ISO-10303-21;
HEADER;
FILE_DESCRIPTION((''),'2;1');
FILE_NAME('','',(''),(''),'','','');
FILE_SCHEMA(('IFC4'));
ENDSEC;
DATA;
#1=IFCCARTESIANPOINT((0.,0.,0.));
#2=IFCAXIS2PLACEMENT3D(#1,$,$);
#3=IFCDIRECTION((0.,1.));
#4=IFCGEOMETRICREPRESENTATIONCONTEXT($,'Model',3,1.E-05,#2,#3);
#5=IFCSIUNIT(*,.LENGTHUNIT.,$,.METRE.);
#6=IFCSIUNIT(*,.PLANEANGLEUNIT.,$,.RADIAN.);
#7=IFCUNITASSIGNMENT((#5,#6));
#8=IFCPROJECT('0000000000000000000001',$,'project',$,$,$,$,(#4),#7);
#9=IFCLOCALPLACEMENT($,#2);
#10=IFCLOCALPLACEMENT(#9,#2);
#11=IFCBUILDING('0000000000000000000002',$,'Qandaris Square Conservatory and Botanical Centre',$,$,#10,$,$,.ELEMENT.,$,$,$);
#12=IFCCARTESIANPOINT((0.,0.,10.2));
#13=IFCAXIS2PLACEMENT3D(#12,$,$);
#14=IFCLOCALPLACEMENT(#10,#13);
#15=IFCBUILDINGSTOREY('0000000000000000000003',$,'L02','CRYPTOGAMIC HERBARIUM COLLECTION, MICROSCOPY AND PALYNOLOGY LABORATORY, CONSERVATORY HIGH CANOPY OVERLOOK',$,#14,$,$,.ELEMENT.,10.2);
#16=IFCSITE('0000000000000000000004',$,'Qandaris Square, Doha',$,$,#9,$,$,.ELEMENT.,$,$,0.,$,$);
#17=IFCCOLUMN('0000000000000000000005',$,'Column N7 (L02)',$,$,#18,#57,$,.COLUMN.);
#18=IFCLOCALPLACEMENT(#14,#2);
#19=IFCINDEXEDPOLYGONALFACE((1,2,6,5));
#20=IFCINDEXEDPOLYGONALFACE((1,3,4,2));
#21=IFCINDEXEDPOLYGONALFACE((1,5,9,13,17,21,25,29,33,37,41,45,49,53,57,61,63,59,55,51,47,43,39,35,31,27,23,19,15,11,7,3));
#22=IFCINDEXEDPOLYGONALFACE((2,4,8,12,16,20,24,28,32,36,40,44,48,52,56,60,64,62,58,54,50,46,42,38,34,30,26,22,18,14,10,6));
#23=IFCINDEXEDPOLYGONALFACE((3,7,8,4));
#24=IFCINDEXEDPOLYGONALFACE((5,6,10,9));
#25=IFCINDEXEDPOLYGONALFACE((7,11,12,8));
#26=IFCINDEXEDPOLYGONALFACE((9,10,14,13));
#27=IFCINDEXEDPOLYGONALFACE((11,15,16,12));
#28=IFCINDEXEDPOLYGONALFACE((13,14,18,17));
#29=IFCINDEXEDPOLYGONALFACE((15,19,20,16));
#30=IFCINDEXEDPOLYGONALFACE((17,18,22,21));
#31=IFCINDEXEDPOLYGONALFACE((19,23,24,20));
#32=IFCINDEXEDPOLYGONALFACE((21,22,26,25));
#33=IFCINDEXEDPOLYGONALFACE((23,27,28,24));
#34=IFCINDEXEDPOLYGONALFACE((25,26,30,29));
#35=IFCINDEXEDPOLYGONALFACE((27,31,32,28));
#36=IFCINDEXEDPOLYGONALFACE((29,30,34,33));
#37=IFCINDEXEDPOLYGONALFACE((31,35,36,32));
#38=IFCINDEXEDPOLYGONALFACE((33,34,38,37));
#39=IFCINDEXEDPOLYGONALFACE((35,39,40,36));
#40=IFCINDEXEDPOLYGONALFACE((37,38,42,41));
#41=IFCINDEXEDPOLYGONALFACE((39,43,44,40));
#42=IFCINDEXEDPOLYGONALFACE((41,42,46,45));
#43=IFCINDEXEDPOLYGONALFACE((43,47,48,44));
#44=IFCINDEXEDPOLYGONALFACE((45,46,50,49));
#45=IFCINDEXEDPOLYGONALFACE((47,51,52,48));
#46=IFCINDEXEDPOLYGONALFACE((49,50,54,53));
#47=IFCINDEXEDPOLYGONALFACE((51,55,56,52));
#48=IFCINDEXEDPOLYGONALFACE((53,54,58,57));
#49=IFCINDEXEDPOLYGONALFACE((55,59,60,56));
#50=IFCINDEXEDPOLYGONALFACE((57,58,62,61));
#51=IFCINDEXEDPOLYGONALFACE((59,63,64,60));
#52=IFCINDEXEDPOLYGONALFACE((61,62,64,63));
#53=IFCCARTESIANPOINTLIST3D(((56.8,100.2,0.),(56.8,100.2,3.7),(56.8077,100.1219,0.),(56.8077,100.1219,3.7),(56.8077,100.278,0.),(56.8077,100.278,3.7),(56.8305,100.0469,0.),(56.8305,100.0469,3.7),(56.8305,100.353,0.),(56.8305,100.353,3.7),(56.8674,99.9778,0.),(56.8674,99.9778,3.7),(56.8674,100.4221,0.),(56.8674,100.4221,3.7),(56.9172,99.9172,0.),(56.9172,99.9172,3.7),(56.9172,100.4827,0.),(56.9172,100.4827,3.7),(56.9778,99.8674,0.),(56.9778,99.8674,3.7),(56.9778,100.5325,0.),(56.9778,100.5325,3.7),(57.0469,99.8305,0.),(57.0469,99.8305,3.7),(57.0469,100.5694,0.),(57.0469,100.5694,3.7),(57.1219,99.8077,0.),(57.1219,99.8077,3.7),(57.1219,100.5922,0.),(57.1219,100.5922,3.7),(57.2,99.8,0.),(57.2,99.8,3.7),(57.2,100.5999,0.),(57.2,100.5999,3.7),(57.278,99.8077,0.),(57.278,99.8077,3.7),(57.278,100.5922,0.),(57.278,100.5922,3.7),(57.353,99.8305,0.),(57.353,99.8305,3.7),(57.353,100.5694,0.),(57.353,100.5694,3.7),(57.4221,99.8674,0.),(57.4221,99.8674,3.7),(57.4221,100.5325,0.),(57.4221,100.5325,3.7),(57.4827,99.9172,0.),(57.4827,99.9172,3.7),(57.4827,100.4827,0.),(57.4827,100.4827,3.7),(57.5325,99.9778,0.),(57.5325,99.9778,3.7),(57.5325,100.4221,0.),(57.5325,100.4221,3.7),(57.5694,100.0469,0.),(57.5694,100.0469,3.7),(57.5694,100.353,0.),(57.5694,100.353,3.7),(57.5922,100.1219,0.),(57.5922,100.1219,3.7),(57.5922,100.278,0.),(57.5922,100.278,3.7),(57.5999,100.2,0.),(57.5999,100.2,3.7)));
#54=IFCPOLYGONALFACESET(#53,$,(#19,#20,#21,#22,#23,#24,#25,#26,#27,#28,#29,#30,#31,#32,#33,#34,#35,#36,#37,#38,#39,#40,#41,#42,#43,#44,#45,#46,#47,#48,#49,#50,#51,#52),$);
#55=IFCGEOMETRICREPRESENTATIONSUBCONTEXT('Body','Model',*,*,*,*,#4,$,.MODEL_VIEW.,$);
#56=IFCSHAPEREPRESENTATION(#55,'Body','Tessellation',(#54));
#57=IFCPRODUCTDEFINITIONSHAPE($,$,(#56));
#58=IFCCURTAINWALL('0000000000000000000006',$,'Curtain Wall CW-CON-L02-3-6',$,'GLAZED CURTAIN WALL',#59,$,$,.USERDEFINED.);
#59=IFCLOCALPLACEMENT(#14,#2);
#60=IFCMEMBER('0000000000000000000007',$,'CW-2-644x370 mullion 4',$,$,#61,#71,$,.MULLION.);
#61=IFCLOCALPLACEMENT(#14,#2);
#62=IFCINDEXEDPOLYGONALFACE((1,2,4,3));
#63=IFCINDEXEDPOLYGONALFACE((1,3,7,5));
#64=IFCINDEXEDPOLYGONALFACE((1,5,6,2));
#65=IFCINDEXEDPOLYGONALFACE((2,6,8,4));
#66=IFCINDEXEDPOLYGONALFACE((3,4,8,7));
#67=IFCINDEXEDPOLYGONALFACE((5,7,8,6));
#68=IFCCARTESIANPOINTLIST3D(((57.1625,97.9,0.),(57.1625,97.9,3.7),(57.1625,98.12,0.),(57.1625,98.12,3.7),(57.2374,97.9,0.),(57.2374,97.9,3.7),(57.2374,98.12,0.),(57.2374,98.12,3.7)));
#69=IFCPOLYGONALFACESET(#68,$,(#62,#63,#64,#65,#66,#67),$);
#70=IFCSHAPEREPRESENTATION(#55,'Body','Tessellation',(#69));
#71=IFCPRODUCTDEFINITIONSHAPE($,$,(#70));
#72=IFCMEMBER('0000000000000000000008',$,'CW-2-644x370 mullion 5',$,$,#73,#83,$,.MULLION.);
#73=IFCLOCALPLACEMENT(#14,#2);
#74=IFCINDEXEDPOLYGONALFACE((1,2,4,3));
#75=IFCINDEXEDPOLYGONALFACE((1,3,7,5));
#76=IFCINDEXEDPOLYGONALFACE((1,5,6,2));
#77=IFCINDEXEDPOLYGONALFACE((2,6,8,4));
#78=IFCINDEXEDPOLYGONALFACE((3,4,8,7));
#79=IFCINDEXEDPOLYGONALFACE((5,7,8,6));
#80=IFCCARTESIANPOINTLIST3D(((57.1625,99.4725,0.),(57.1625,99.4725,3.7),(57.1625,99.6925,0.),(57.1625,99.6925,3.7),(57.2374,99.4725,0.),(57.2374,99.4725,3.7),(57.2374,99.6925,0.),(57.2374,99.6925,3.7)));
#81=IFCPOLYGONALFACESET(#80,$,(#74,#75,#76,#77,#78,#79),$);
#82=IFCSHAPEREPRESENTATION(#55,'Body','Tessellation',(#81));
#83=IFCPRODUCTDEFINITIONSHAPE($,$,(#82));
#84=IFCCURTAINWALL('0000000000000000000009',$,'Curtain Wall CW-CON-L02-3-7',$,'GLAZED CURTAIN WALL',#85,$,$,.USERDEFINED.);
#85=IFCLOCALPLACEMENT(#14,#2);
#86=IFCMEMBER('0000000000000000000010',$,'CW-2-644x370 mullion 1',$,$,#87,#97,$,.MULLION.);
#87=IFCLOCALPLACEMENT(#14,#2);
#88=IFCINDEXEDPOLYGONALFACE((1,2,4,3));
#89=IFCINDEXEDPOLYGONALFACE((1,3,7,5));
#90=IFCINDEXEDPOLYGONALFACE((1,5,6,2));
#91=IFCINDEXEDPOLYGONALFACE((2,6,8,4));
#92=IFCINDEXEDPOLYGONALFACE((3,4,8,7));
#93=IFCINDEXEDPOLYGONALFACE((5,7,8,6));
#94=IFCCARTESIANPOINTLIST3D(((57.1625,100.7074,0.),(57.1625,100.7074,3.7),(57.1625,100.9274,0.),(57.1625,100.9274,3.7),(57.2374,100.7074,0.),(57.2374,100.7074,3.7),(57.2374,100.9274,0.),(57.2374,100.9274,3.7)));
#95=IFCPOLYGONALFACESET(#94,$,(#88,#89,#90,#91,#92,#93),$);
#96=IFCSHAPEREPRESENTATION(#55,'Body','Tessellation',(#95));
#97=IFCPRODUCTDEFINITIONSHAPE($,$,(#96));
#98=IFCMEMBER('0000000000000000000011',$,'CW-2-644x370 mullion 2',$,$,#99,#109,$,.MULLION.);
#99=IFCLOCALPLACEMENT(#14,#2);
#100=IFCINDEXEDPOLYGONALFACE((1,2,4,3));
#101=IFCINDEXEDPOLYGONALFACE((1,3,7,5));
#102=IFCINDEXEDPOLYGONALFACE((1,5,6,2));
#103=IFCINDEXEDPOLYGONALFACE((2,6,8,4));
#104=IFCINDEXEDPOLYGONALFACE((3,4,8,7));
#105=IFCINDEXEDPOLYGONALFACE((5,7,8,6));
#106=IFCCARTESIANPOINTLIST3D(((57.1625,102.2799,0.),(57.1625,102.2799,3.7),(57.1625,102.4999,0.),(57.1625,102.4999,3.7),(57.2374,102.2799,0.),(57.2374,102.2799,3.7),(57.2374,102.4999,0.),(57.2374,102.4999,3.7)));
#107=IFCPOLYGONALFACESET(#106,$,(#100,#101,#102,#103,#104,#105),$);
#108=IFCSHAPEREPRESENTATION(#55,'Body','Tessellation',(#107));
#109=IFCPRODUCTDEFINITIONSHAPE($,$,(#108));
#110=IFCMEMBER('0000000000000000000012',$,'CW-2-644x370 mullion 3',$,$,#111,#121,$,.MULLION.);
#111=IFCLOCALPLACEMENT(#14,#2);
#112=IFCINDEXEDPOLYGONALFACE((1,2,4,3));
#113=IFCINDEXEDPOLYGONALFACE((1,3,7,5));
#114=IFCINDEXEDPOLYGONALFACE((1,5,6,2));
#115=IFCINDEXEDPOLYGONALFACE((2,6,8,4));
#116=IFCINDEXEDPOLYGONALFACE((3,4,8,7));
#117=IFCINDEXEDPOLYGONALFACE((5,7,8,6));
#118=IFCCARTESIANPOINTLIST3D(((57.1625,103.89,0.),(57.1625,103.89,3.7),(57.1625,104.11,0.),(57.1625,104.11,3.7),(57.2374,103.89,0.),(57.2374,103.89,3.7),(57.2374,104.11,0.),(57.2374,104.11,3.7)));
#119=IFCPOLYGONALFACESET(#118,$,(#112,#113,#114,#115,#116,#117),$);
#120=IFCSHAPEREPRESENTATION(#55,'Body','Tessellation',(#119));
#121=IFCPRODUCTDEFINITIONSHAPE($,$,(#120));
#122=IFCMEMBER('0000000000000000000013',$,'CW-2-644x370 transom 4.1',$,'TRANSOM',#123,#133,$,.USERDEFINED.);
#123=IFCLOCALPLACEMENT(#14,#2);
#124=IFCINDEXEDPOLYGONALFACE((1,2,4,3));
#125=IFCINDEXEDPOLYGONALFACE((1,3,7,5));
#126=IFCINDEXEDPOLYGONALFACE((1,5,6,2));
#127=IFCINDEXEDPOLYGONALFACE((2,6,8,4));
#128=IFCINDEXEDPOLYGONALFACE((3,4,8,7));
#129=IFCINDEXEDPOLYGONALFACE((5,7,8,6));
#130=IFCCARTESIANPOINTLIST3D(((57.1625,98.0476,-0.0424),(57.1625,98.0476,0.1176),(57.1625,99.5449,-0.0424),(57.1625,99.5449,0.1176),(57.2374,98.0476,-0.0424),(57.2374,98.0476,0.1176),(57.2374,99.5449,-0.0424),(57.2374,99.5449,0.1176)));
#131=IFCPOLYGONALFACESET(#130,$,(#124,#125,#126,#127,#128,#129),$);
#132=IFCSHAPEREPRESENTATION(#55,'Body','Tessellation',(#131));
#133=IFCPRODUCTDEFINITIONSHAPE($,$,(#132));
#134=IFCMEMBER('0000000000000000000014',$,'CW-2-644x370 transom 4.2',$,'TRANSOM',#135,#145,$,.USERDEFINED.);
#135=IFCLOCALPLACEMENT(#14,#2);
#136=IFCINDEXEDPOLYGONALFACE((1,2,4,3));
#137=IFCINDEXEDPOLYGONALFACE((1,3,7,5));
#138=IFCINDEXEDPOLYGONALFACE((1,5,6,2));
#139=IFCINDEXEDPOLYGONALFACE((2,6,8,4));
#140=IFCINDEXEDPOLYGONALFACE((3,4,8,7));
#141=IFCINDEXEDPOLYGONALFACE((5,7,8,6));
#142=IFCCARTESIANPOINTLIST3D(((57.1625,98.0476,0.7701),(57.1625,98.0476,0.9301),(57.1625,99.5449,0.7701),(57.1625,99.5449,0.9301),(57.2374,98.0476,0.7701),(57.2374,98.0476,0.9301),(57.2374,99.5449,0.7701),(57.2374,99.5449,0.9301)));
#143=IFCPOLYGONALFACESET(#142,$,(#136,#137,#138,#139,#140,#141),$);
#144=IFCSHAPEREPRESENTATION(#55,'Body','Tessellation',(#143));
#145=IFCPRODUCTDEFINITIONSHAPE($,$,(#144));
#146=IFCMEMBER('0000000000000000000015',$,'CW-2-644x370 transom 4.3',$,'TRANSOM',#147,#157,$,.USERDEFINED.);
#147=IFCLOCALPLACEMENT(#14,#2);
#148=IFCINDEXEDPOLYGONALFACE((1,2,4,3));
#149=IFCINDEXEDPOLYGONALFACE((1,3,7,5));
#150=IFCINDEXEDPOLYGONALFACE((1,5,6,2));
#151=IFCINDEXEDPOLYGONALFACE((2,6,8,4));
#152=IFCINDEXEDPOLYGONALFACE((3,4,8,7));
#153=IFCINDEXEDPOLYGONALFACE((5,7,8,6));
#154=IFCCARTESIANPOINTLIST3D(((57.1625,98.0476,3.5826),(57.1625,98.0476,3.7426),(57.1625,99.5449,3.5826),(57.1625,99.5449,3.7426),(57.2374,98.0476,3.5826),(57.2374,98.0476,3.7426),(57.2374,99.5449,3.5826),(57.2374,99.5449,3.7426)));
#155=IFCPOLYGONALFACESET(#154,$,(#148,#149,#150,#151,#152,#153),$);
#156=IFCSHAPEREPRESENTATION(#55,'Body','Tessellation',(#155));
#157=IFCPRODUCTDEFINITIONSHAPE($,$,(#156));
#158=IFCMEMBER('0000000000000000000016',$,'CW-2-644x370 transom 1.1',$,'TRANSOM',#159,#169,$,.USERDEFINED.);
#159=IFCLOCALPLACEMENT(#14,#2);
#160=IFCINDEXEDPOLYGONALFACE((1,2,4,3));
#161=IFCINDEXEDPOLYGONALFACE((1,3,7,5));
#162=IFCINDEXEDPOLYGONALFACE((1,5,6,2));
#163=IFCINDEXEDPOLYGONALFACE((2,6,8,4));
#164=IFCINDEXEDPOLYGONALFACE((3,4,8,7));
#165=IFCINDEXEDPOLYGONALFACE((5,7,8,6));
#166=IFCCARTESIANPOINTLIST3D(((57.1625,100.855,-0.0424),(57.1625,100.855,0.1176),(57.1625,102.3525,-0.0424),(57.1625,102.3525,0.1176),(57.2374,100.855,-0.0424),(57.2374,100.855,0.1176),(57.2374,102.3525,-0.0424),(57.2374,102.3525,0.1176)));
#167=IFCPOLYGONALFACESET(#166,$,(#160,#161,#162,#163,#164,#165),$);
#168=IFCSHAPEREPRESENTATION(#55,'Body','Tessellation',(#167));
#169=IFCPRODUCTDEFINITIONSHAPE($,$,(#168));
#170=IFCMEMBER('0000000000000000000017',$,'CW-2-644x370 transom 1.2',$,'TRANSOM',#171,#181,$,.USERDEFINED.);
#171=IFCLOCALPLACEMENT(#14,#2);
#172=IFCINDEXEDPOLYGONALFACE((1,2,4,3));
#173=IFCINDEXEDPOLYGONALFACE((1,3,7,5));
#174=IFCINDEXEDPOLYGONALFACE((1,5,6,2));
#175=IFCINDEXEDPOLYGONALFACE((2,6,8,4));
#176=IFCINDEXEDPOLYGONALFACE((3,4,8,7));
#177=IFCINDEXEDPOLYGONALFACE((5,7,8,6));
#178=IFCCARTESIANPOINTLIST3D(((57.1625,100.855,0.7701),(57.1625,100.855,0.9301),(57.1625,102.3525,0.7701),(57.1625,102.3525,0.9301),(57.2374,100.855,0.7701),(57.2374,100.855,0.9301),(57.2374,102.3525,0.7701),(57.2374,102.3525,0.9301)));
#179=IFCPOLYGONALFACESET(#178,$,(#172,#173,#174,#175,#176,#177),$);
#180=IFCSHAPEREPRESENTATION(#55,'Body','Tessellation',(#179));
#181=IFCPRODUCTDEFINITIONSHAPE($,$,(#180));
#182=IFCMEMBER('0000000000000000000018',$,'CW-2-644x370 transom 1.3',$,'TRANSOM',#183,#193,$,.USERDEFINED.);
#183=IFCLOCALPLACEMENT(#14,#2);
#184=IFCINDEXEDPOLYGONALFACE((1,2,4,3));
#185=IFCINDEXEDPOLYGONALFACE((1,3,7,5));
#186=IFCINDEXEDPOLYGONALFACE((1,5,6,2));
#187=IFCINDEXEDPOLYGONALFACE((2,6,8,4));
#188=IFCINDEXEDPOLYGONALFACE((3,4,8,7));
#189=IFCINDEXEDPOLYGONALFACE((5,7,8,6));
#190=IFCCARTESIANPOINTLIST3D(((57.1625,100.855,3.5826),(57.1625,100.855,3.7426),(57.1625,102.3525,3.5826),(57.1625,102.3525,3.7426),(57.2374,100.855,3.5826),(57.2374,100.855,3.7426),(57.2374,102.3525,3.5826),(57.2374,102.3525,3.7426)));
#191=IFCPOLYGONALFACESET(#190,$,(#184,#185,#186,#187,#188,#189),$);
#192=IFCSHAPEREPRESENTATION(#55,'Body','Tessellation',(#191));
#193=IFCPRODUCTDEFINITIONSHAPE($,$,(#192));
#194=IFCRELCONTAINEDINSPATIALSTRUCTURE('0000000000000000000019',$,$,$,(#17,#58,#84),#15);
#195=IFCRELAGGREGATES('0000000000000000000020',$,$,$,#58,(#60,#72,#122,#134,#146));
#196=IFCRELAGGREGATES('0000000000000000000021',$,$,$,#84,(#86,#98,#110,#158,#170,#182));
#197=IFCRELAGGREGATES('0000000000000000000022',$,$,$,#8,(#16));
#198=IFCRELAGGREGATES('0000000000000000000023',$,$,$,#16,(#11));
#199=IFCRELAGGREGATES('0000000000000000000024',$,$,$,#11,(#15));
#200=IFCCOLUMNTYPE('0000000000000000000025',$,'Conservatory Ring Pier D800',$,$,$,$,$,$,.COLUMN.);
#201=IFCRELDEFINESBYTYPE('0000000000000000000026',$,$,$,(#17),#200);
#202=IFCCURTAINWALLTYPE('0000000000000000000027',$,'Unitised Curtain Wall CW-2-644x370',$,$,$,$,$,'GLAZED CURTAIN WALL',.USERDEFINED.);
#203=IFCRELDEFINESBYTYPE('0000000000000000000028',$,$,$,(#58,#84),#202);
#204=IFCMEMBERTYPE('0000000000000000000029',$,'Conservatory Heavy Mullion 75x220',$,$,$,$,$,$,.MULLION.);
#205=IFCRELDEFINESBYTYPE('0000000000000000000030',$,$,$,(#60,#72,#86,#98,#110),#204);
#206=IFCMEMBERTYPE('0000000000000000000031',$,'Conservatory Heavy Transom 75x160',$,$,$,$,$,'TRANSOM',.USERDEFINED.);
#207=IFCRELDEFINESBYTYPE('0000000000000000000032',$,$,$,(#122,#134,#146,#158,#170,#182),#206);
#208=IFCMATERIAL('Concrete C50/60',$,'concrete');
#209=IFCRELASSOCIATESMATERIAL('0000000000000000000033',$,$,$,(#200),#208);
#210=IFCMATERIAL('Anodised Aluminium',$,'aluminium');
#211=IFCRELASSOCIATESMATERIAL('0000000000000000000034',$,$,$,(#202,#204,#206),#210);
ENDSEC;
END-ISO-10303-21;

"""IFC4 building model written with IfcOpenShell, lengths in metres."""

from ifc_helpers import new_model, si_unit, direction, frame, origin, origin_2d, place, context, subcontext, project, spatial, rectangle, circle, extrude, material, material_profile, profile_set, type_object, element, aggregate, save


model = new_model("IFC4")

# Units and contexts
model_context = context("Model", 3, precision=1e-05, world=origin(), true_north=direction((0.0, 1.0)))
body_context = subcontext(model_context, "Body", "Model", "MODEL_VIEW")
ifc_project = project(units=[si_unit("LENGTHUNIT", "METRE"), si_unit("PLANEANGLEUNIT", "RADIAN")], contexts=[model_context])

# Site, building, storey
site_placement = place(None, origin())
site = spatial("IfcSite", under=ifc_project, at=site_placement, Name="Qandaris Square, Doha", CompositionType="ELEMENT", RefElevation=0.0)
building_placement = place(site_placement, origin())
building = spatial("IfcBuilding", under=site, at=building_placement, Name="Qandaris Square Conservatory and Botanical Centre", CompositionType="ELEMENT")
storey_placement = place(building_placement, frame((0.0, 0.0, 10.2)))
storey = spatial("IfcBuildingStorey", under=building, at=storey_placement, Name="L02", Description="CRYPTOGAMIC HERBARIUM COLLECTION, MICROSCOPY AND PALYNOLOGY LABORATORY, CONSERVATORY HIGH CANOPY OVERLOOK", CompositionType="ELEMENT", Elevation=10.2)

# Column
ifc_material_1 = material(Name="Concrete C50/60", Category="concrete")
ifc_material_profile_1 = material_profile(ifc_material_1, circle(Radius=0.3999, at=origin_2d()), Name="RC-COL D800")
ifc_profile_set_1 = profile_set([ifc_material_profile_1], Name="Concrete C50/60")
column_type = type_object("IfcColumnType", Name="Conservatory Ring Pier D800", PredefinedType="COLUMN", material=ifc_profile_set_1)
column_placement = place(storey_placement, frame((57.2, 100.2, 0.0), z_axis=(0.0, 0.0, 1.0), x_axis=(1.0, 0.0, 0.0)))
element("IfcColumn", 1, at=column_placement, inside=storey, type_object=column_type, Name="Column N7 (L02)", PredefinedType="COLUMN", context=body_context, shape_type="SweptSolid", body=[
    extrude(circle(Radius=0.3999, at=origin_2d()), origin(), (0.0, 0.0, 1.0), 3.7),
])

# Curtain walls, members
ifc_material_2 = material(Name="Anodised Aluminium", Category="aluminium")
curtain_wall_type = type_object("IfcCurtainWallType", Name="Unitised Curtain Wall CW-2-644x370", ElementType="GLAZED CURTAIN WALL", PredefinedType="USERDEFINED", material=ifc_material_2)
curtain_wall_1_placement = place(storey_placement, origin())
curtain_wall_1 = element("IfcCurtainWall", 2, at=curtain_wall_1_placement, inside=storey, type_object=curtain_wall_type, Name="Curtain Wall CW-CON-L02-3-6", ObjectType="GLAZED CURTAIN WALL", PredefinedType="USERDEFINED")
ifc_material_profile_2 = material_profile(ifc_material_2, rectangle(XDim=0.075, YDim=0.22, at=origin_2d()), Name="ALU-MUL 75x220")
ifc_profile_set_2 = profile_set([ifc_material_profile_2], Name="Anodised Aluminium")
member_type_1 = type_object("IfcMemberType", Name="Conservatory Heavy Mullion 75x220", PredefinedType="MULLION", material=ifc_profile_set_2)
member_1_placement = place(storey_placement, frame((57.2, 98.01, 0.0), z_axis=(0.0, 0.0, 1.0), x_axis=(-1.0, 0.0, 0.0)))
member_1 = element("IfcMember", 3, at=member_1_placement, type_object=member_type_1, Name="CW-2-644x370 mullion 4", PredefinedType="MULLION", context=body_context, shape_type="SweptSolid", body=[
    extrude(rectangle(XDim=0.075, YDim=0.22, at=origin_2d()), origin(), (0.0, 0.0, 1.0), 3.7),
])
member_2_placement = place(storey_placement, frame((57.2, 99.5825, 0.0), z_axis=(0.0, 0.0, 1.0), x_axis=(-1.0, 0.0, 0.0)))
member_2 = element("IfcMember", 4, at=member_2_placement, type_object=member_type_1, Name="CW-2-644x370 mullion 5", PredefinedType="MULLION", context=body_context, shape_type="SweptSolid", body=[
    extrude(rectangle(XDim=0.075, YDim=0.22, at=origin_2d()), origin(), (0.0, 0.0, 1.0), 3.7),
])
curtain_wall_2_placement = place(storey_placement, origin())
curtain_wall_2 = element("IfcCurtainWall", 5, at=curtain_wall_2_placement, inside=storey, type_object=curtain_wall_type, Name="Curtain Wall CW-CON-L02-3-7", ObjectType="GLAZED CURTAIN WALL", PredefinedType="USERDEFINED")
member_3_placement = place(storey_placement, frame((57.2, 100.8174, 0.0), z_axis=(0.0, 0.0, 1.0), x_axis=(-1.0, 0.0, 0.0)))
member_3 = element("IfcMember", 6, at=member_3_placement, type_object=member_type_1, Name="CW-2-644x370 mullion 1", PredefinedType="MULLION", context=body_context, shape_type="SweptSolid", body=[
    extrude(rectangle(XDim=0.075, YDim=0.22, at=origin_2d()), origin(), (0.0, 0.0, 1.0), 3.7),
])
member_4_placement = place(storey_placement, frame((57.2, 102.3899, 0.0), z_axis=(0.0, 0.0, 1.0), x_axis=(-1.0, 0.0, 0.0)))
member_4 = element("IfcMember", 7, at=member_4_placement, type_object=member_type_1, Name="CW-2-644x370 mullion 2", PredefinedType="MULLION", context=body_context, shape_type="SweptSolid", body=[
    extrude(rectangle(XDim=0.075, YDim=0.22, at=origin_2d()), origin(), (0.0, 0.0, 1.0), 3.7),
])
member_5_placement = place(storey_placement, frame((57.2, 104.0, 0.0), z_axis=(0.0, 0.0, 1.0), x_axis=(-1.0, 0.0, 0.0)))
member_5 = element("IfcMember", 8, at=member_5_placement, type_object=member_type_1, Name="CW-2-644x370 mullion 3", PredefinedType="MULLION", context=body_context, shape_type="SweptSolid", body=[
    extrude(rectangle(XDim=0.075, YDim=0.22, at=origin_2d()), origin(), (0.0, 0.0, 1.0), 3.7),
])

# Members
ifc_material_profile_3 = material_profile(ifc_material_2, rectangle(XDim=0.075, YDim=0.1599, at=origin_2d()), Name="ALU-TRN 75x160")
ifc_profile_set_3 = profile_set([ifc_material_profile_3], Name="Anodised Aluminium")
member_type_2 = type_object("IfcMemberType", Name="Conservatory Heavy Transom 75x160", ElementType="TRANSOM", PredefinedType="USERDEFINED", material=ifc_profile_set_3)
member_6_placement = place(storey_placement, frame((57.2, 98.0476, 0.0376), z_axis=(0.0, 1.0, 0.0), x_axis=(-1.0, 0.0, 0.0)))
member_6 = element("IfcMember", 9, at=member_6_placement, type_object=member_type_2, Name="CW-2-644x370 transom 4.1", ObjectType="TRANSOM", PredefinedType="USERDEFINED", context=body_context, shape_type="SweptSolid", body=[
    extrude(rectangle(XDim=0.075, YDim=0.1599, at=origin_2d()), origin(), (0.0, 0.0, 1.0), 1.4973),
])
member_7_placement = place(storey_placement, frame((57.2, 98.0476, 0.8501), z_axis=(0.0, 1.0, 0.0), x_axis=(-1.0, 0.0, 0.0)))
member_7 = element("IfcMember", 10, at=member_7_placement, type_object=member_type_2, Name="CW-2-644x370 transom 4.2", ObjectType="TRANSOM", PredefinedType="USERDEFINED", context=body_context, shape_type="SweptSolid", body=[
    extrude(rectangle(XDim=0.075, YDim=0.1599, at=origin_2d()), origin(), (0.0, 0.0, 1.0), 1.4973),
])
member_8_placement = place(storey_placement, frame((57.2, 98.0476, 3.6626), z_axis=(0.0, 1.0, 0.0), x_axis=(-1.0, 0.0, 0.0)))
member_8 = element("IfcMember", 11, at=member_8_placement, type_object=member_type_2, Name="CW-2-644x370 transom 4.3", ObjectType="TRANSOM", PredefinedType="USERDEFINED", context=body_context, shape_type="SweptSolid", body=[
    extrude(rectangle(XDim=0.075, YDim=0.1599, at=origin_2d()), origin(), (0.0, 0.0, 1.0), 1.4973),
])
member_9_placement = place(storey_placement, frame((57.2, 100.855, 0.0376), z_axis=(0.0, 1.0, 0.0), x_axis=(-1.0, 0.0, 0.0)))
member_9 = element("IfcMember", 12, at=member_9_placement, type_object=member_type_2, Name="CW-2-644x370 transom 1.1", ObjectType="TRANSOM", PredefinedType="USERDEFINED", context=body_context, shape_type="SweptSolid", body=[
    extrude(rectangle(XDim=0.075, YDim=0.1599, at=origin_2d()), origin(), (0.0, 0.0, 1.0), 1.4976),
])
member_10_placement = place(storey_placement, frame((57.2, 100.855, 0.8501), z_axis=(0.0, 1.0, 0.0), x_axis=(-1.0, 0.0, 0.0)))
member_10 = element("IfcMember", 13, at=member_10_placement, type_object=member_type_2, Name="CW-2-644x370 transom 1.2", ObjectType="TRANSOM", PredefinedType="USERDEFINED", context=body_context, shape_type="SweptSolid", body=[
    extrude(rectangle(XDim=0.075, YDim=0.1599, at=origin_2d()), origin(), (0.0, 0.0, 1.0), 1.4976),
])
member_11_placement = place(storey_placement, frame((57.2, 100.855, 3.6626), z_axis=(0.0, 1.0, 0.0), x_axis=(-1.0, 0.0, 0.0)))
member_11 = element("IfcMember", 14, at=member_11_placement, type_object=member_type_2, Name="CW-2-644x370 transom 1.3", ObjectType="TRANSOM", PredefinedType="USERDEFINED", context=body_context, shape_type="SweptSolid", body=[
    extrude(rectangle(XDim=0.075, YDim=0.1599, at=origin_2d()), origin(), (0.0, 0.0, 1.0), 1.4976),
])

aggregate(curtain_wall_1, [member_1, member_2, member_6, member_7, member_8])
aggregate(curtain_wall_2, [member_3, member_4, member_5, member_9, member_10, member_11])

save(model, "model.ifc")
